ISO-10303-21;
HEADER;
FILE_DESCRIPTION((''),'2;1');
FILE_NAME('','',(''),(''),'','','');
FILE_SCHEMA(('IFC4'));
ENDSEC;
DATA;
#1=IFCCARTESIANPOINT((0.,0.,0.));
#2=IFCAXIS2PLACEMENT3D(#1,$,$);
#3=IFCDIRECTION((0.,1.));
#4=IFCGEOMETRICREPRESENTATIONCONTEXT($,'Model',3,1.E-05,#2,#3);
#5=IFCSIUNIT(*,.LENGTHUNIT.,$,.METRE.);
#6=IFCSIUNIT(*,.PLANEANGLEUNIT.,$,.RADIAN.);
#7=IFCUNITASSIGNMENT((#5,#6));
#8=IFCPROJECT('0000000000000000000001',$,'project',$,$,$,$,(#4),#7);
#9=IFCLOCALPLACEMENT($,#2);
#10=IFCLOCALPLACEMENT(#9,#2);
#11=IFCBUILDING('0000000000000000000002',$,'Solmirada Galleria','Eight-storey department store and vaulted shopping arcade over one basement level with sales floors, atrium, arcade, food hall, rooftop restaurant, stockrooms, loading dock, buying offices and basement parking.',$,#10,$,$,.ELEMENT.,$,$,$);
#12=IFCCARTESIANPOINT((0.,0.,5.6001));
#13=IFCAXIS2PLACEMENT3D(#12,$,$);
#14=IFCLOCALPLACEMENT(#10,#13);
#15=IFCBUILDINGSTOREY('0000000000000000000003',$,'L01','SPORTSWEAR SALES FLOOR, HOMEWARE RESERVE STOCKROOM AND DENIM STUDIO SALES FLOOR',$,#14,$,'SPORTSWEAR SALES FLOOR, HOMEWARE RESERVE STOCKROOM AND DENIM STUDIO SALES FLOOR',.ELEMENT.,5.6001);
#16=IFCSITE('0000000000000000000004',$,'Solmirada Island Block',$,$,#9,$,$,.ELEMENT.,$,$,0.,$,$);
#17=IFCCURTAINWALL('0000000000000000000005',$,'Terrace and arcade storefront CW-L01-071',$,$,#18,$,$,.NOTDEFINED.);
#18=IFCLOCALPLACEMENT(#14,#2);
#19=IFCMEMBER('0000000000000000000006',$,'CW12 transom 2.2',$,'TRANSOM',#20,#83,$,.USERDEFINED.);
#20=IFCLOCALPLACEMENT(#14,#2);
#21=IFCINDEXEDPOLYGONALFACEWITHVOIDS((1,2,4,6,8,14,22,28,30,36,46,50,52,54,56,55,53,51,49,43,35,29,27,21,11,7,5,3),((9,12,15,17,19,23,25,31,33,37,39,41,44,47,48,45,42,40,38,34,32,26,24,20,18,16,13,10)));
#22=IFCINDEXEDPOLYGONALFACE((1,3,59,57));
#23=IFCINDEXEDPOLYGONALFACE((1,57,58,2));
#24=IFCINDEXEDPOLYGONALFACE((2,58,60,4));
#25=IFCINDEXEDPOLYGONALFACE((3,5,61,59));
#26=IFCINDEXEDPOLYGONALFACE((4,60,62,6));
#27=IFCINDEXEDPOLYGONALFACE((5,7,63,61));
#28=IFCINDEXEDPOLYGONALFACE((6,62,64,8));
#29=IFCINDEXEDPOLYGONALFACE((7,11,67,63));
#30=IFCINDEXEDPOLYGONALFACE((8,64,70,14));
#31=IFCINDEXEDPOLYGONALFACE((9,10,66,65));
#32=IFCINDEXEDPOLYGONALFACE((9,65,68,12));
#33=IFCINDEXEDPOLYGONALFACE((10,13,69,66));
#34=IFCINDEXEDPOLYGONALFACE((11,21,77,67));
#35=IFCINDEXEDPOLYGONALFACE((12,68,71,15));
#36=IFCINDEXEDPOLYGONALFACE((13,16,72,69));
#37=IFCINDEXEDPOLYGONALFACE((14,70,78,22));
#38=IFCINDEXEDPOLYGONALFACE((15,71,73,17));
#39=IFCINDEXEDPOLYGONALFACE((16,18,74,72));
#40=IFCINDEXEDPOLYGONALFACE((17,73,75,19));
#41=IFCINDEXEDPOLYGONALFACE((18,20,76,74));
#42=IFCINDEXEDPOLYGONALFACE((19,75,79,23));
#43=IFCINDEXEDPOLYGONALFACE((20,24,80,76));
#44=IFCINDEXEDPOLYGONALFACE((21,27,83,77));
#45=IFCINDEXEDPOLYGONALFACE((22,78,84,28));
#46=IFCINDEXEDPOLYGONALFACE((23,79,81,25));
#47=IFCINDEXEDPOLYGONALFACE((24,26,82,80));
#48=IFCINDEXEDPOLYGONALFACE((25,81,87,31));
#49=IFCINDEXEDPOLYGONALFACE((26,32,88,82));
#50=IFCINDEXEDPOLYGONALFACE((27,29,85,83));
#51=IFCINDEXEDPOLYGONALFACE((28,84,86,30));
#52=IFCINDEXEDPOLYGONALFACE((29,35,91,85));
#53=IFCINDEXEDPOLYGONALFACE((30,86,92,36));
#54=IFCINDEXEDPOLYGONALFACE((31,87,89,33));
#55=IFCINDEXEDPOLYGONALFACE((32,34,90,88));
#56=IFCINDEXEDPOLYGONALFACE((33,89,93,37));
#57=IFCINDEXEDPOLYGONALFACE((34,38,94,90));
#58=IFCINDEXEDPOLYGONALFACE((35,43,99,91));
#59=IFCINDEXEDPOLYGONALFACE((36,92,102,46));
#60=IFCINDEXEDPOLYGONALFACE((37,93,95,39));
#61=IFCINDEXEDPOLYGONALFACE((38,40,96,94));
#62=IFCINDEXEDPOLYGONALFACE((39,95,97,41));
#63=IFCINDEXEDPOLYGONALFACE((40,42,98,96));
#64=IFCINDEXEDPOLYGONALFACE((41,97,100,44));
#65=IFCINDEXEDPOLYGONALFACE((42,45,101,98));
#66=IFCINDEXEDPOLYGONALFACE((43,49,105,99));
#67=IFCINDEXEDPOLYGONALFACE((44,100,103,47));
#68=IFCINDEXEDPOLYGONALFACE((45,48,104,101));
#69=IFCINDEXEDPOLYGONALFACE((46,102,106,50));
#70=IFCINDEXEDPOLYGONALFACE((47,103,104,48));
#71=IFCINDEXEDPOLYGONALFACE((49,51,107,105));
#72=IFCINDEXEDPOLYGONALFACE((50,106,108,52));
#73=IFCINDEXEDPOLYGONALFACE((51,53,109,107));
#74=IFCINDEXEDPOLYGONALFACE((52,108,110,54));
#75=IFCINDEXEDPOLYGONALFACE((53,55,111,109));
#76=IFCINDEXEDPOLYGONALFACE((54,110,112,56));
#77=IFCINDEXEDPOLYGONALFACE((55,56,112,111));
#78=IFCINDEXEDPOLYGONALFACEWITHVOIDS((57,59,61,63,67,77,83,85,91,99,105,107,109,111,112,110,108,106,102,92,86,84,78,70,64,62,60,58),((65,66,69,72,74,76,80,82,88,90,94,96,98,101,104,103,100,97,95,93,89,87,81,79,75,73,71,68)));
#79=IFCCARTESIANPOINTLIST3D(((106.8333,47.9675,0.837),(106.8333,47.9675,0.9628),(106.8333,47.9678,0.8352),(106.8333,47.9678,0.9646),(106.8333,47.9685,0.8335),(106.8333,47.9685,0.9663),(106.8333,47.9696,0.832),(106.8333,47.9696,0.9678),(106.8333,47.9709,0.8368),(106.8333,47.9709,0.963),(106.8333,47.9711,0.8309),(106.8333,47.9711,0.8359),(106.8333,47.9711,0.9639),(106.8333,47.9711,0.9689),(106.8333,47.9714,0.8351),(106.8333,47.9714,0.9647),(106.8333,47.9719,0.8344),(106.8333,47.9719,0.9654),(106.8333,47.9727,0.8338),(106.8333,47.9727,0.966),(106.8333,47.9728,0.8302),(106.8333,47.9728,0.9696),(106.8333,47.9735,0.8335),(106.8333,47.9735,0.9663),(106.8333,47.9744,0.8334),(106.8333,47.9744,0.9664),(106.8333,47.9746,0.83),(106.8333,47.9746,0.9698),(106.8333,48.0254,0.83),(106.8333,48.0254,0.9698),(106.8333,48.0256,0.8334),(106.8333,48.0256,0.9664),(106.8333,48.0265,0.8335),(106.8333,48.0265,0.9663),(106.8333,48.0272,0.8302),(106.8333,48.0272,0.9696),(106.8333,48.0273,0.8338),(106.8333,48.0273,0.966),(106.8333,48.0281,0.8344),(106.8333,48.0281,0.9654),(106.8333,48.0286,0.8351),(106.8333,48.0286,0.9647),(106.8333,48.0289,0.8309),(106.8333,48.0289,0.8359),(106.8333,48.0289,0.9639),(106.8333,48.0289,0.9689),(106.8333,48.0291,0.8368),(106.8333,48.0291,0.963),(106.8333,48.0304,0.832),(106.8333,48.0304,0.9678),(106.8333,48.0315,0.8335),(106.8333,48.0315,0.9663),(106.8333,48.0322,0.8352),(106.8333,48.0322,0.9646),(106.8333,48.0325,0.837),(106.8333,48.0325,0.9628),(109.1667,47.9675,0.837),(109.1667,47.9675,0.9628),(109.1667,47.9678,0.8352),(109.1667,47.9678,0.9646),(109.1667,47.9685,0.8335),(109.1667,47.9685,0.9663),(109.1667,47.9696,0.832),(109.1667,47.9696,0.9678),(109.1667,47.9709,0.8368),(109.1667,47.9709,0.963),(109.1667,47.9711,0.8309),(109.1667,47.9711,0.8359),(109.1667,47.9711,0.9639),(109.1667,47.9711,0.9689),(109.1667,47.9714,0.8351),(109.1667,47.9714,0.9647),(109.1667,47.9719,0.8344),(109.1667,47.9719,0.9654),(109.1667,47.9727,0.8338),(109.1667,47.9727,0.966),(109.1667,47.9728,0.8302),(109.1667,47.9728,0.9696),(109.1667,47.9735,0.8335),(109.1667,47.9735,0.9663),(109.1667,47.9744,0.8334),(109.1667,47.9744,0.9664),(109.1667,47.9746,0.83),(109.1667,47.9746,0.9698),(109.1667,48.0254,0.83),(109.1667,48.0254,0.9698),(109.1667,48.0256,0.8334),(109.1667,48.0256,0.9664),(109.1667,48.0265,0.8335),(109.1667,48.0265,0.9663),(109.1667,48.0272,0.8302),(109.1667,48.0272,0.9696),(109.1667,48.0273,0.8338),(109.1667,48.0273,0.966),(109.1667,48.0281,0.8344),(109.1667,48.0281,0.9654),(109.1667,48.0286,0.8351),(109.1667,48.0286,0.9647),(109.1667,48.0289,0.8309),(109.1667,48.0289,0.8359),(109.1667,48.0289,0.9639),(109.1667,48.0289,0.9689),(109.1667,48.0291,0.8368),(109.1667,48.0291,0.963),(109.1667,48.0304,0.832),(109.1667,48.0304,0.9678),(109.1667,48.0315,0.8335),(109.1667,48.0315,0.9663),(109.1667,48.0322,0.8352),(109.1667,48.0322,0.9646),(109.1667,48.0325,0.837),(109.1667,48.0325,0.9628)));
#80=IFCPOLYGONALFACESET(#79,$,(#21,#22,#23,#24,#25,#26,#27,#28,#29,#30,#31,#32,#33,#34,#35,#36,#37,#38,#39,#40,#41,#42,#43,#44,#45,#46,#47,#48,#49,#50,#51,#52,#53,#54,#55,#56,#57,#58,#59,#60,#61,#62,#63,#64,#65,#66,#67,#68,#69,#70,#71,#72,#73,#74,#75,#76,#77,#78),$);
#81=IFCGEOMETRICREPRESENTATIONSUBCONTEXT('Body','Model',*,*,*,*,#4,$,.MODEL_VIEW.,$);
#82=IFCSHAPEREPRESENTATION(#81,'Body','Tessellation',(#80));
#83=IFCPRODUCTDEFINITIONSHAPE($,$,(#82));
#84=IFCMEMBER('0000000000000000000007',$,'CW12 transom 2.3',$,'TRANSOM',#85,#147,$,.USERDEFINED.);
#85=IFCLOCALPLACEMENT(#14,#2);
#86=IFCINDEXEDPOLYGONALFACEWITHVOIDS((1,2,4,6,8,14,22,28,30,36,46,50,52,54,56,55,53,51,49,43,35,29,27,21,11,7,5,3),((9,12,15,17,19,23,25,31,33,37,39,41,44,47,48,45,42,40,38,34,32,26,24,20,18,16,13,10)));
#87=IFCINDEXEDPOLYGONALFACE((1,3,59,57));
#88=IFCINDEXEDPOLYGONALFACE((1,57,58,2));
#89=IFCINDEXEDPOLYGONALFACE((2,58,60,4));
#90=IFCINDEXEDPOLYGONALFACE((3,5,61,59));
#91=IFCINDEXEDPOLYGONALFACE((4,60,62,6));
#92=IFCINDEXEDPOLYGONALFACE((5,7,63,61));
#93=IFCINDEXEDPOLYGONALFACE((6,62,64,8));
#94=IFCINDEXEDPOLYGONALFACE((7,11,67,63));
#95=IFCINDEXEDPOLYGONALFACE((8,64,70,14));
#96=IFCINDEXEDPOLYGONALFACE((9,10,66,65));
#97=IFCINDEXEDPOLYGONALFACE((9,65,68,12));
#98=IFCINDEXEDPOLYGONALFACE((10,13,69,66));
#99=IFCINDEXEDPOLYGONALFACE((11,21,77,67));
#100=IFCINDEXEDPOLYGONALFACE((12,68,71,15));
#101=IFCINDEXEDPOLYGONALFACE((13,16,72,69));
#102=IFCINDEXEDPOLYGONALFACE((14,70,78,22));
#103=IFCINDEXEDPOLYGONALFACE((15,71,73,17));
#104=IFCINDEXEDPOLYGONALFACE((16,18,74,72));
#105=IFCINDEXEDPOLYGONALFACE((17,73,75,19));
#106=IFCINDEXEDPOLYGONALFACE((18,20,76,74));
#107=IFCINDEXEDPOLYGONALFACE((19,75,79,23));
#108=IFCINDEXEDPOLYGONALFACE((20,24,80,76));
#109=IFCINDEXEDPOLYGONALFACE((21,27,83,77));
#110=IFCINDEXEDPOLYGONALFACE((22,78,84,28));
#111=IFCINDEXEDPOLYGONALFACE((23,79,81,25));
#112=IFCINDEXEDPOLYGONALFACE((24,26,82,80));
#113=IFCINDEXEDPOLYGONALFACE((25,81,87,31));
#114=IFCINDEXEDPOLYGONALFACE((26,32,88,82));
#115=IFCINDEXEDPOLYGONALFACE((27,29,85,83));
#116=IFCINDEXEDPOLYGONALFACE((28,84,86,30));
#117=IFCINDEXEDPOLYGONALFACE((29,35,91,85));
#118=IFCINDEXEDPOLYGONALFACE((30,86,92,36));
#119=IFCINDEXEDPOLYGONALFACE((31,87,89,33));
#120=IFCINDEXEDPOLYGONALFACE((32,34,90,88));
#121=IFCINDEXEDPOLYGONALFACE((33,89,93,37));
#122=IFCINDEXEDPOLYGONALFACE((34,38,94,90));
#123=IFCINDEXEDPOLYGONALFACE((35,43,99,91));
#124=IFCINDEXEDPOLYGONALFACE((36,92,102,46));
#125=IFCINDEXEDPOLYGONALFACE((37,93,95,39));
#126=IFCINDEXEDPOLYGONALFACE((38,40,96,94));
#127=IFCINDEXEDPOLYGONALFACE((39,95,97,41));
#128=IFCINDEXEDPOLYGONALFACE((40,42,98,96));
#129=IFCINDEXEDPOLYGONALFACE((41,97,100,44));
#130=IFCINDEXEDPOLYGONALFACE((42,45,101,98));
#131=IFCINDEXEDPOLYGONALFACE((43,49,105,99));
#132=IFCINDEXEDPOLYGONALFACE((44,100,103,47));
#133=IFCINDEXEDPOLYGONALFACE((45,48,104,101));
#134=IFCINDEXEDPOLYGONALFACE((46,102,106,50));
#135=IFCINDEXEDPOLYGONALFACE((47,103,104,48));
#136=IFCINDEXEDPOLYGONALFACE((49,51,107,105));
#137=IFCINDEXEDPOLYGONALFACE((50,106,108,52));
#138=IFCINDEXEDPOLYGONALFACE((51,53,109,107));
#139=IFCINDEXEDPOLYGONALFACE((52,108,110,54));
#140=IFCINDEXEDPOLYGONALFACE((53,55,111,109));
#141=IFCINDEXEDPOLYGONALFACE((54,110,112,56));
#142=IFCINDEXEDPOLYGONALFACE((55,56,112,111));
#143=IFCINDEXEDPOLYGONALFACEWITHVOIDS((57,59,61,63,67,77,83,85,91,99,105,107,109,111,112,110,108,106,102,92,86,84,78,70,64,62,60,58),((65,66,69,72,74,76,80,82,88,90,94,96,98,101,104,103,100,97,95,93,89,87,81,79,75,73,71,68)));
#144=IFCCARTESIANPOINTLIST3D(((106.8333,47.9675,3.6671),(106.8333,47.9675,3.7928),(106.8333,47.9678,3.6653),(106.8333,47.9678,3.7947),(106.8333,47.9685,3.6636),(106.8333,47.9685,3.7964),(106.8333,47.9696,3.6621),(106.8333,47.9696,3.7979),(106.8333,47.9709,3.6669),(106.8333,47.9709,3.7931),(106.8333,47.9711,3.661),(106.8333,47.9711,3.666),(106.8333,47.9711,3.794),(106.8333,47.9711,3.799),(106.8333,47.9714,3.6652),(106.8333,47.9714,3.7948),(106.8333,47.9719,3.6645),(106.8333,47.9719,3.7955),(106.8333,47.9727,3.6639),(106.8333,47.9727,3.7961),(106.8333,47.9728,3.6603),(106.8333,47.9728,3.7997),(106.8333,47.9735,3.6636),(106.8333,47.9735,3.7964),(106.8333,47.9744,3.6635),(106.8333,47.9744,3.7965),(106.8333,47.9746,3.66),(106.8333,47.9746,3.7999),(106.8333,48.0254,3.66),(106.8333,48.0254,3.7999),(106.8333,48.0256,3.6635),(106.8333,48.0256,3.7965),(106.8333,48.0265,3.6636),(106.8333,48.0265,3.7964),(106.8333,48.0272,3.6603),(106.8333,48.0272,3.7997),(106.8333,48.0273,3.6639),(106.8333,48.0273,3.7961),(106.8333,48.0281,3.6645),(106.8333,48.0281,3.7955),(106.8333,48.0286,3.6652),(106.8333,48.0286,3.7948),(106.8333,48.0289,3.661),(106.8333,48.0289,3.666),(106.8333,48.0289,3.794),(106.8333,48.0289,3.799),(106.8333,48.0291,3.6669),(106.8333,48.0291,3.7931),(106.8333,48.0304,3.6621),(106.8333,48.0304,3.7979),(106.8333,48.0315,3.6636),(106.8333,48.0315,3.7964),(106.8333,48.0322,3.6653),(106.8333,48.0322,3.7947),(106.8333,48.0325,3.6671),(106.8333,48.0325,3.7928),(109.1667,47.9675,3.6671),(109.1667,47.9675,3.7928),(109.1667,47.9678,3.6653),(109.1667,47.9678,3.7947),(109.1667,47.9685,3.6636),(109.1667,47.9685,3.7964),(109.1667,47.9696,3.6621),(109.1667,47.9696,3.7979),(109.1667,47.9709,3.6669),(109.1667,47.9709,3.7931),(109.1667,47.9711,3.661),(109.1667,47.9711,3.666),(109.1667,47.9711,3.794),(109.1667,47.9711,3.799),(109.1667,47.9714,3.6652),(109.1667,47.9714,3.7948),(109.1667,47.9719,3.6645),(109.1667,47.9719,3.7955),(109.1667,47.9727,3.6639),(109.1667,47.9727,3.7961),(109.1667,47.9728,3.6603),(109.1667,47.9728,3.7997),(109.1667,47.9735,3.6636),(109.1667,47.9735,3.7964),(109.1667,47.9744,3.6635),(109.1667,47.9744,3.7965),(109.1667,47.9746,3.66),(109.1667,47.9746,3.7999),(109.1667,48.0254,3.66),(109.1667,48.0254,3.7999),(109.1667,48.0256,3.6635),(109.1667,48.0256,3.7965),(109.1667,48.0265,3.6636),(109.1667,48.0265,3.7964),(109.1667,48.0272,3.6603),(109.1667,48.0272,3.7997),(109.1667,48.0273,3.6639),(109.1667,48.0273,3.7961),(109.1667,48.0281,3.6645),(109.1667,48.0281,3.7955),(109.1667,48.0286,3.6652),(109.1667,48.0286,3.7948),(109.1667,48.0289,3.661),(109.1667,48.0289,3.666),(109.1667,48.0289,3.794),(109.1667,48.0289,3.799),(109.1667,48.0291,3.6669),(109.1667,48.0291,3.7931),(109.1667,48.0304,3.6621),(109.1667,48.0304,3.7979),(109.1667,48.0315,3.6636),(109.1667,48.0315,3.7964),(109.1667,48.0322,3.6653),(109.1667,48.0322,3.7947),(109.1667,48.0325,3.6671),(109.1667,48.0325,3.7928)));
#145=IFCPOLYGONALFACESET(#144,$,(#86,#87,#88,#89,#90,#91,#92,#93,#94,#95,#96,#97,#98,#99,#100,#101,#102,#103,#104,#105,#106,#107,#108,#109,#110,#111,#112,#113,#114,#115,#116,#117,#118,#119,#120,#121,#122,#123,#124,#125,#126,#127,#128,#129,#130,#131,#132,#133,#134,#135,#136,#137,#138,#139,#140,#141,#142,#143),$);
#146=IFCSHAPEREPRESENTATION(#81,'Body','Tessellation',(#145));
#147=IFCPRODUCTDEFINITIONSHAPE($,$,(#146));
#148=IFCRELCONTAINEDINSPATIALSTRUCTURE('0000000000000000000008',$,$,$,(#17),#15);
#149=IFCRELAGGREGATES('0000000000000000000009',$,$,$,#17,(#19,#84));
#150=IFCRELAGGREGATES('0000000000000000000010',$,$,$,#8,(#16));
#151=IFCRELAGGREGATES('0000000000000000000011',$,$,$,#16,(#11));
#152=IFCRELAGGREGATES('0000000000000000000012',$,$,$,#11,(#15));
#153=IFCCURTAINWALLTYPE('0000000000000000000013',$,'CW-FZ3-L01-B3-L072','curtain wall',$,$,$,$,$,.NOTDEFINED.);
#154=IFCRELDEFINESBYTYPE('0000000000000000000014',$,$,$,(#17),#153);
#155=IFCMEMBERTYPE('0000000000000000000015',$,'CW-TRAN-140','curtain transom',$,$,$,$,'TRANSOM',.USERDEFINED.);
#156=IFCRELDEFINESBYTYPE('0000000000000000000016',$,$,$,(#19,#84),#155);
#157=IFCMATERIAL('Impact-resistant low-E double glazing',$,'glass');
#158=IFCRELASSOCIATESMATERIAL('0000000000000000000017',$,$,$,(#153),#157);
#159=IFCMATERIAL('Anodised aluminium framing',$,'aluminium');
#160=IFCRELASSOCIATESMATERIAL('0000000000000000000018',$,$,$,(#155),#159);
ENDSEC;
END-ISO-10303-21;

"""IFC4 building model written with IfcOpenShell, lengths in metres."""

from ifc_helpers import new_model, si_unit, direction, frame, origin, origin_2d, place, context, subcontext, project, spatial, hollow_rectangle, extrude, material, material_profile, profile_set, type_object, element, aggregate, save


model = new_model("IFC4")

# Units and contexts
model_context = context("Model", 3, precision=1e-05, world=origin(), true_north=direction((0.0, 1.0)))
body_context = subcontext(model_context, "Body", "Model", "MODEL_VIEW")
ifc_project = project(units=[si_unit("LENGTHUNIT", "METRE"), si_unit("PLANEANGLEUNIT", "RADIAN")], contexts=[model_context])

# Site, building, storey
site_placement = place(None, origin())
site = spatial("IfcSite", under=ifc_project, at=site_placement, Name="Solmirada Island Block", CompositionType="ELEMENT", RefElevation=0.0)
building_placement = place(site_placement, origin())
building = spatial("IfcBuilding", under=site, at=building_placement, Name="Solmirada Galleria", Description="Eight-storey department store and vaulted shopping arcade over one basement level with sales floors, atrium, arcade, food hall, rooftop restaurant, stockrooms, loading dock, buying offices and basement parking.", CompositionType="ELEMENT")
storey_placement = place(building_placement, frame((0.0, 0.0, 5.6001)))
storey = spatial("IfcBuildingStorey", under=building, at=storey_placement, Name="L01", Description="SPORTSWEAR SALES FLOOR, HOMEWARE RESERVE STOCKROOM AND DENIM STUDIO SALES FLOOR", LongName="SPORTSWEAR SALES FLOOR, HOMEWARE RESERVE STOCKROOM AND DENIM STUDIO SALES FLOOR", CompositionType="ELEMENT", Elevation=5.6001)

# Curtain wall
ifc_material_1 = material(Name="Impact-resistant low-E double glazing", Category="glass")
curtain_wall_type = type_object("IfcCurtainWallType", Name="CW-FZ3-L01-B3-L072", Description="curtain wall", PredefinedType="NOTDEFINED", material=ifc_material_1)
ifc_material_2 = material(Name="Anodised aluminium framing", Category="aluminium")
curtain_wall_1_placement = place(storey_placement, origin())
curtain_wall_1 = element("IfcCurtainWall", 1, at=curtain_wall_1_placement, inside=storey, type_object=curtain_wall_type, Name="Terrace and arcade storefront CW-L01-071", PredefinedType="NOTDEFINED")

# Members
ifc_material_profile_1 = material_profile(ifc_material_2, hollow_rectangle(XDim=0.0649, YDim=0.1399, WallThickness=0.0034, InnerFilletRadius=0.0034, OuterFilletRadius=0.0071, at=origin_2d()), Name="ALU-TRAN-140X65")
ifc_profile_set_1 = profile_set([ifc_material_profile_1], Name="Anodised aluminium framing")
member_type_1 = type_object("IfcMemberType", Name="CW-TRAN-140", Description="curtain transom", ElementType="TRANSOM", PredefinedType="USERDEFINED", material=ifc_profile_set_1)
member_1_placement = place(storey_placement, frame((109.1667, 48.0, 0.8999), z_axis=(-1.0, 0.0, 0.0), x_axis=(0.0, -1.0, 0.0)))
member_1 = element("IfcMember", 2, at=member_1_placement, type_object=member_type_1, Name="CW12 transom 2.2", ObjectType="TRANSOM", PredefinedType="USERDEFINED", context=body_context, shape_type="SweptSolid", body=[
    extrude(hollow_rectangle(XDim=0.0649, YDim=0.1399, WallThickness=0.0034, InnerFilletRadius=0.0034, OuterFilletRadius=0.0071, at=origin_2d()), origin(), (0.0, 0.0, 1.0), 2.3335),
])
member_2_placement = place(storey_placement, frame((109.1667, 48.0, 3.73), z_axis=(-1.0, 0.0, 0.0), x_axis=(0.0, -1.0, 0.0)))
member_2 = element("IfcMember", 3, at=member_2_placement, type_object=member_type_1, Name="CW12 transom 2.3", ObjectType="TRANSOM", PredefinedType="USERDEFINED", context=body_context, shape_type="SweptSolid", body=[
    extrude(hollow_rectangle(XDim=0.0649, YDim=0.1399, WallThickness=0.0034, InnerFilletRadius=0.0034, OuterFilletRadius=0.0071, at=origin_2d()), origin(), (0.0, 0.0, 1.0), 2.3335),
])

aggregate(curtain_wall_1, [member_1, member_2])

save(model, "model.ifc")
